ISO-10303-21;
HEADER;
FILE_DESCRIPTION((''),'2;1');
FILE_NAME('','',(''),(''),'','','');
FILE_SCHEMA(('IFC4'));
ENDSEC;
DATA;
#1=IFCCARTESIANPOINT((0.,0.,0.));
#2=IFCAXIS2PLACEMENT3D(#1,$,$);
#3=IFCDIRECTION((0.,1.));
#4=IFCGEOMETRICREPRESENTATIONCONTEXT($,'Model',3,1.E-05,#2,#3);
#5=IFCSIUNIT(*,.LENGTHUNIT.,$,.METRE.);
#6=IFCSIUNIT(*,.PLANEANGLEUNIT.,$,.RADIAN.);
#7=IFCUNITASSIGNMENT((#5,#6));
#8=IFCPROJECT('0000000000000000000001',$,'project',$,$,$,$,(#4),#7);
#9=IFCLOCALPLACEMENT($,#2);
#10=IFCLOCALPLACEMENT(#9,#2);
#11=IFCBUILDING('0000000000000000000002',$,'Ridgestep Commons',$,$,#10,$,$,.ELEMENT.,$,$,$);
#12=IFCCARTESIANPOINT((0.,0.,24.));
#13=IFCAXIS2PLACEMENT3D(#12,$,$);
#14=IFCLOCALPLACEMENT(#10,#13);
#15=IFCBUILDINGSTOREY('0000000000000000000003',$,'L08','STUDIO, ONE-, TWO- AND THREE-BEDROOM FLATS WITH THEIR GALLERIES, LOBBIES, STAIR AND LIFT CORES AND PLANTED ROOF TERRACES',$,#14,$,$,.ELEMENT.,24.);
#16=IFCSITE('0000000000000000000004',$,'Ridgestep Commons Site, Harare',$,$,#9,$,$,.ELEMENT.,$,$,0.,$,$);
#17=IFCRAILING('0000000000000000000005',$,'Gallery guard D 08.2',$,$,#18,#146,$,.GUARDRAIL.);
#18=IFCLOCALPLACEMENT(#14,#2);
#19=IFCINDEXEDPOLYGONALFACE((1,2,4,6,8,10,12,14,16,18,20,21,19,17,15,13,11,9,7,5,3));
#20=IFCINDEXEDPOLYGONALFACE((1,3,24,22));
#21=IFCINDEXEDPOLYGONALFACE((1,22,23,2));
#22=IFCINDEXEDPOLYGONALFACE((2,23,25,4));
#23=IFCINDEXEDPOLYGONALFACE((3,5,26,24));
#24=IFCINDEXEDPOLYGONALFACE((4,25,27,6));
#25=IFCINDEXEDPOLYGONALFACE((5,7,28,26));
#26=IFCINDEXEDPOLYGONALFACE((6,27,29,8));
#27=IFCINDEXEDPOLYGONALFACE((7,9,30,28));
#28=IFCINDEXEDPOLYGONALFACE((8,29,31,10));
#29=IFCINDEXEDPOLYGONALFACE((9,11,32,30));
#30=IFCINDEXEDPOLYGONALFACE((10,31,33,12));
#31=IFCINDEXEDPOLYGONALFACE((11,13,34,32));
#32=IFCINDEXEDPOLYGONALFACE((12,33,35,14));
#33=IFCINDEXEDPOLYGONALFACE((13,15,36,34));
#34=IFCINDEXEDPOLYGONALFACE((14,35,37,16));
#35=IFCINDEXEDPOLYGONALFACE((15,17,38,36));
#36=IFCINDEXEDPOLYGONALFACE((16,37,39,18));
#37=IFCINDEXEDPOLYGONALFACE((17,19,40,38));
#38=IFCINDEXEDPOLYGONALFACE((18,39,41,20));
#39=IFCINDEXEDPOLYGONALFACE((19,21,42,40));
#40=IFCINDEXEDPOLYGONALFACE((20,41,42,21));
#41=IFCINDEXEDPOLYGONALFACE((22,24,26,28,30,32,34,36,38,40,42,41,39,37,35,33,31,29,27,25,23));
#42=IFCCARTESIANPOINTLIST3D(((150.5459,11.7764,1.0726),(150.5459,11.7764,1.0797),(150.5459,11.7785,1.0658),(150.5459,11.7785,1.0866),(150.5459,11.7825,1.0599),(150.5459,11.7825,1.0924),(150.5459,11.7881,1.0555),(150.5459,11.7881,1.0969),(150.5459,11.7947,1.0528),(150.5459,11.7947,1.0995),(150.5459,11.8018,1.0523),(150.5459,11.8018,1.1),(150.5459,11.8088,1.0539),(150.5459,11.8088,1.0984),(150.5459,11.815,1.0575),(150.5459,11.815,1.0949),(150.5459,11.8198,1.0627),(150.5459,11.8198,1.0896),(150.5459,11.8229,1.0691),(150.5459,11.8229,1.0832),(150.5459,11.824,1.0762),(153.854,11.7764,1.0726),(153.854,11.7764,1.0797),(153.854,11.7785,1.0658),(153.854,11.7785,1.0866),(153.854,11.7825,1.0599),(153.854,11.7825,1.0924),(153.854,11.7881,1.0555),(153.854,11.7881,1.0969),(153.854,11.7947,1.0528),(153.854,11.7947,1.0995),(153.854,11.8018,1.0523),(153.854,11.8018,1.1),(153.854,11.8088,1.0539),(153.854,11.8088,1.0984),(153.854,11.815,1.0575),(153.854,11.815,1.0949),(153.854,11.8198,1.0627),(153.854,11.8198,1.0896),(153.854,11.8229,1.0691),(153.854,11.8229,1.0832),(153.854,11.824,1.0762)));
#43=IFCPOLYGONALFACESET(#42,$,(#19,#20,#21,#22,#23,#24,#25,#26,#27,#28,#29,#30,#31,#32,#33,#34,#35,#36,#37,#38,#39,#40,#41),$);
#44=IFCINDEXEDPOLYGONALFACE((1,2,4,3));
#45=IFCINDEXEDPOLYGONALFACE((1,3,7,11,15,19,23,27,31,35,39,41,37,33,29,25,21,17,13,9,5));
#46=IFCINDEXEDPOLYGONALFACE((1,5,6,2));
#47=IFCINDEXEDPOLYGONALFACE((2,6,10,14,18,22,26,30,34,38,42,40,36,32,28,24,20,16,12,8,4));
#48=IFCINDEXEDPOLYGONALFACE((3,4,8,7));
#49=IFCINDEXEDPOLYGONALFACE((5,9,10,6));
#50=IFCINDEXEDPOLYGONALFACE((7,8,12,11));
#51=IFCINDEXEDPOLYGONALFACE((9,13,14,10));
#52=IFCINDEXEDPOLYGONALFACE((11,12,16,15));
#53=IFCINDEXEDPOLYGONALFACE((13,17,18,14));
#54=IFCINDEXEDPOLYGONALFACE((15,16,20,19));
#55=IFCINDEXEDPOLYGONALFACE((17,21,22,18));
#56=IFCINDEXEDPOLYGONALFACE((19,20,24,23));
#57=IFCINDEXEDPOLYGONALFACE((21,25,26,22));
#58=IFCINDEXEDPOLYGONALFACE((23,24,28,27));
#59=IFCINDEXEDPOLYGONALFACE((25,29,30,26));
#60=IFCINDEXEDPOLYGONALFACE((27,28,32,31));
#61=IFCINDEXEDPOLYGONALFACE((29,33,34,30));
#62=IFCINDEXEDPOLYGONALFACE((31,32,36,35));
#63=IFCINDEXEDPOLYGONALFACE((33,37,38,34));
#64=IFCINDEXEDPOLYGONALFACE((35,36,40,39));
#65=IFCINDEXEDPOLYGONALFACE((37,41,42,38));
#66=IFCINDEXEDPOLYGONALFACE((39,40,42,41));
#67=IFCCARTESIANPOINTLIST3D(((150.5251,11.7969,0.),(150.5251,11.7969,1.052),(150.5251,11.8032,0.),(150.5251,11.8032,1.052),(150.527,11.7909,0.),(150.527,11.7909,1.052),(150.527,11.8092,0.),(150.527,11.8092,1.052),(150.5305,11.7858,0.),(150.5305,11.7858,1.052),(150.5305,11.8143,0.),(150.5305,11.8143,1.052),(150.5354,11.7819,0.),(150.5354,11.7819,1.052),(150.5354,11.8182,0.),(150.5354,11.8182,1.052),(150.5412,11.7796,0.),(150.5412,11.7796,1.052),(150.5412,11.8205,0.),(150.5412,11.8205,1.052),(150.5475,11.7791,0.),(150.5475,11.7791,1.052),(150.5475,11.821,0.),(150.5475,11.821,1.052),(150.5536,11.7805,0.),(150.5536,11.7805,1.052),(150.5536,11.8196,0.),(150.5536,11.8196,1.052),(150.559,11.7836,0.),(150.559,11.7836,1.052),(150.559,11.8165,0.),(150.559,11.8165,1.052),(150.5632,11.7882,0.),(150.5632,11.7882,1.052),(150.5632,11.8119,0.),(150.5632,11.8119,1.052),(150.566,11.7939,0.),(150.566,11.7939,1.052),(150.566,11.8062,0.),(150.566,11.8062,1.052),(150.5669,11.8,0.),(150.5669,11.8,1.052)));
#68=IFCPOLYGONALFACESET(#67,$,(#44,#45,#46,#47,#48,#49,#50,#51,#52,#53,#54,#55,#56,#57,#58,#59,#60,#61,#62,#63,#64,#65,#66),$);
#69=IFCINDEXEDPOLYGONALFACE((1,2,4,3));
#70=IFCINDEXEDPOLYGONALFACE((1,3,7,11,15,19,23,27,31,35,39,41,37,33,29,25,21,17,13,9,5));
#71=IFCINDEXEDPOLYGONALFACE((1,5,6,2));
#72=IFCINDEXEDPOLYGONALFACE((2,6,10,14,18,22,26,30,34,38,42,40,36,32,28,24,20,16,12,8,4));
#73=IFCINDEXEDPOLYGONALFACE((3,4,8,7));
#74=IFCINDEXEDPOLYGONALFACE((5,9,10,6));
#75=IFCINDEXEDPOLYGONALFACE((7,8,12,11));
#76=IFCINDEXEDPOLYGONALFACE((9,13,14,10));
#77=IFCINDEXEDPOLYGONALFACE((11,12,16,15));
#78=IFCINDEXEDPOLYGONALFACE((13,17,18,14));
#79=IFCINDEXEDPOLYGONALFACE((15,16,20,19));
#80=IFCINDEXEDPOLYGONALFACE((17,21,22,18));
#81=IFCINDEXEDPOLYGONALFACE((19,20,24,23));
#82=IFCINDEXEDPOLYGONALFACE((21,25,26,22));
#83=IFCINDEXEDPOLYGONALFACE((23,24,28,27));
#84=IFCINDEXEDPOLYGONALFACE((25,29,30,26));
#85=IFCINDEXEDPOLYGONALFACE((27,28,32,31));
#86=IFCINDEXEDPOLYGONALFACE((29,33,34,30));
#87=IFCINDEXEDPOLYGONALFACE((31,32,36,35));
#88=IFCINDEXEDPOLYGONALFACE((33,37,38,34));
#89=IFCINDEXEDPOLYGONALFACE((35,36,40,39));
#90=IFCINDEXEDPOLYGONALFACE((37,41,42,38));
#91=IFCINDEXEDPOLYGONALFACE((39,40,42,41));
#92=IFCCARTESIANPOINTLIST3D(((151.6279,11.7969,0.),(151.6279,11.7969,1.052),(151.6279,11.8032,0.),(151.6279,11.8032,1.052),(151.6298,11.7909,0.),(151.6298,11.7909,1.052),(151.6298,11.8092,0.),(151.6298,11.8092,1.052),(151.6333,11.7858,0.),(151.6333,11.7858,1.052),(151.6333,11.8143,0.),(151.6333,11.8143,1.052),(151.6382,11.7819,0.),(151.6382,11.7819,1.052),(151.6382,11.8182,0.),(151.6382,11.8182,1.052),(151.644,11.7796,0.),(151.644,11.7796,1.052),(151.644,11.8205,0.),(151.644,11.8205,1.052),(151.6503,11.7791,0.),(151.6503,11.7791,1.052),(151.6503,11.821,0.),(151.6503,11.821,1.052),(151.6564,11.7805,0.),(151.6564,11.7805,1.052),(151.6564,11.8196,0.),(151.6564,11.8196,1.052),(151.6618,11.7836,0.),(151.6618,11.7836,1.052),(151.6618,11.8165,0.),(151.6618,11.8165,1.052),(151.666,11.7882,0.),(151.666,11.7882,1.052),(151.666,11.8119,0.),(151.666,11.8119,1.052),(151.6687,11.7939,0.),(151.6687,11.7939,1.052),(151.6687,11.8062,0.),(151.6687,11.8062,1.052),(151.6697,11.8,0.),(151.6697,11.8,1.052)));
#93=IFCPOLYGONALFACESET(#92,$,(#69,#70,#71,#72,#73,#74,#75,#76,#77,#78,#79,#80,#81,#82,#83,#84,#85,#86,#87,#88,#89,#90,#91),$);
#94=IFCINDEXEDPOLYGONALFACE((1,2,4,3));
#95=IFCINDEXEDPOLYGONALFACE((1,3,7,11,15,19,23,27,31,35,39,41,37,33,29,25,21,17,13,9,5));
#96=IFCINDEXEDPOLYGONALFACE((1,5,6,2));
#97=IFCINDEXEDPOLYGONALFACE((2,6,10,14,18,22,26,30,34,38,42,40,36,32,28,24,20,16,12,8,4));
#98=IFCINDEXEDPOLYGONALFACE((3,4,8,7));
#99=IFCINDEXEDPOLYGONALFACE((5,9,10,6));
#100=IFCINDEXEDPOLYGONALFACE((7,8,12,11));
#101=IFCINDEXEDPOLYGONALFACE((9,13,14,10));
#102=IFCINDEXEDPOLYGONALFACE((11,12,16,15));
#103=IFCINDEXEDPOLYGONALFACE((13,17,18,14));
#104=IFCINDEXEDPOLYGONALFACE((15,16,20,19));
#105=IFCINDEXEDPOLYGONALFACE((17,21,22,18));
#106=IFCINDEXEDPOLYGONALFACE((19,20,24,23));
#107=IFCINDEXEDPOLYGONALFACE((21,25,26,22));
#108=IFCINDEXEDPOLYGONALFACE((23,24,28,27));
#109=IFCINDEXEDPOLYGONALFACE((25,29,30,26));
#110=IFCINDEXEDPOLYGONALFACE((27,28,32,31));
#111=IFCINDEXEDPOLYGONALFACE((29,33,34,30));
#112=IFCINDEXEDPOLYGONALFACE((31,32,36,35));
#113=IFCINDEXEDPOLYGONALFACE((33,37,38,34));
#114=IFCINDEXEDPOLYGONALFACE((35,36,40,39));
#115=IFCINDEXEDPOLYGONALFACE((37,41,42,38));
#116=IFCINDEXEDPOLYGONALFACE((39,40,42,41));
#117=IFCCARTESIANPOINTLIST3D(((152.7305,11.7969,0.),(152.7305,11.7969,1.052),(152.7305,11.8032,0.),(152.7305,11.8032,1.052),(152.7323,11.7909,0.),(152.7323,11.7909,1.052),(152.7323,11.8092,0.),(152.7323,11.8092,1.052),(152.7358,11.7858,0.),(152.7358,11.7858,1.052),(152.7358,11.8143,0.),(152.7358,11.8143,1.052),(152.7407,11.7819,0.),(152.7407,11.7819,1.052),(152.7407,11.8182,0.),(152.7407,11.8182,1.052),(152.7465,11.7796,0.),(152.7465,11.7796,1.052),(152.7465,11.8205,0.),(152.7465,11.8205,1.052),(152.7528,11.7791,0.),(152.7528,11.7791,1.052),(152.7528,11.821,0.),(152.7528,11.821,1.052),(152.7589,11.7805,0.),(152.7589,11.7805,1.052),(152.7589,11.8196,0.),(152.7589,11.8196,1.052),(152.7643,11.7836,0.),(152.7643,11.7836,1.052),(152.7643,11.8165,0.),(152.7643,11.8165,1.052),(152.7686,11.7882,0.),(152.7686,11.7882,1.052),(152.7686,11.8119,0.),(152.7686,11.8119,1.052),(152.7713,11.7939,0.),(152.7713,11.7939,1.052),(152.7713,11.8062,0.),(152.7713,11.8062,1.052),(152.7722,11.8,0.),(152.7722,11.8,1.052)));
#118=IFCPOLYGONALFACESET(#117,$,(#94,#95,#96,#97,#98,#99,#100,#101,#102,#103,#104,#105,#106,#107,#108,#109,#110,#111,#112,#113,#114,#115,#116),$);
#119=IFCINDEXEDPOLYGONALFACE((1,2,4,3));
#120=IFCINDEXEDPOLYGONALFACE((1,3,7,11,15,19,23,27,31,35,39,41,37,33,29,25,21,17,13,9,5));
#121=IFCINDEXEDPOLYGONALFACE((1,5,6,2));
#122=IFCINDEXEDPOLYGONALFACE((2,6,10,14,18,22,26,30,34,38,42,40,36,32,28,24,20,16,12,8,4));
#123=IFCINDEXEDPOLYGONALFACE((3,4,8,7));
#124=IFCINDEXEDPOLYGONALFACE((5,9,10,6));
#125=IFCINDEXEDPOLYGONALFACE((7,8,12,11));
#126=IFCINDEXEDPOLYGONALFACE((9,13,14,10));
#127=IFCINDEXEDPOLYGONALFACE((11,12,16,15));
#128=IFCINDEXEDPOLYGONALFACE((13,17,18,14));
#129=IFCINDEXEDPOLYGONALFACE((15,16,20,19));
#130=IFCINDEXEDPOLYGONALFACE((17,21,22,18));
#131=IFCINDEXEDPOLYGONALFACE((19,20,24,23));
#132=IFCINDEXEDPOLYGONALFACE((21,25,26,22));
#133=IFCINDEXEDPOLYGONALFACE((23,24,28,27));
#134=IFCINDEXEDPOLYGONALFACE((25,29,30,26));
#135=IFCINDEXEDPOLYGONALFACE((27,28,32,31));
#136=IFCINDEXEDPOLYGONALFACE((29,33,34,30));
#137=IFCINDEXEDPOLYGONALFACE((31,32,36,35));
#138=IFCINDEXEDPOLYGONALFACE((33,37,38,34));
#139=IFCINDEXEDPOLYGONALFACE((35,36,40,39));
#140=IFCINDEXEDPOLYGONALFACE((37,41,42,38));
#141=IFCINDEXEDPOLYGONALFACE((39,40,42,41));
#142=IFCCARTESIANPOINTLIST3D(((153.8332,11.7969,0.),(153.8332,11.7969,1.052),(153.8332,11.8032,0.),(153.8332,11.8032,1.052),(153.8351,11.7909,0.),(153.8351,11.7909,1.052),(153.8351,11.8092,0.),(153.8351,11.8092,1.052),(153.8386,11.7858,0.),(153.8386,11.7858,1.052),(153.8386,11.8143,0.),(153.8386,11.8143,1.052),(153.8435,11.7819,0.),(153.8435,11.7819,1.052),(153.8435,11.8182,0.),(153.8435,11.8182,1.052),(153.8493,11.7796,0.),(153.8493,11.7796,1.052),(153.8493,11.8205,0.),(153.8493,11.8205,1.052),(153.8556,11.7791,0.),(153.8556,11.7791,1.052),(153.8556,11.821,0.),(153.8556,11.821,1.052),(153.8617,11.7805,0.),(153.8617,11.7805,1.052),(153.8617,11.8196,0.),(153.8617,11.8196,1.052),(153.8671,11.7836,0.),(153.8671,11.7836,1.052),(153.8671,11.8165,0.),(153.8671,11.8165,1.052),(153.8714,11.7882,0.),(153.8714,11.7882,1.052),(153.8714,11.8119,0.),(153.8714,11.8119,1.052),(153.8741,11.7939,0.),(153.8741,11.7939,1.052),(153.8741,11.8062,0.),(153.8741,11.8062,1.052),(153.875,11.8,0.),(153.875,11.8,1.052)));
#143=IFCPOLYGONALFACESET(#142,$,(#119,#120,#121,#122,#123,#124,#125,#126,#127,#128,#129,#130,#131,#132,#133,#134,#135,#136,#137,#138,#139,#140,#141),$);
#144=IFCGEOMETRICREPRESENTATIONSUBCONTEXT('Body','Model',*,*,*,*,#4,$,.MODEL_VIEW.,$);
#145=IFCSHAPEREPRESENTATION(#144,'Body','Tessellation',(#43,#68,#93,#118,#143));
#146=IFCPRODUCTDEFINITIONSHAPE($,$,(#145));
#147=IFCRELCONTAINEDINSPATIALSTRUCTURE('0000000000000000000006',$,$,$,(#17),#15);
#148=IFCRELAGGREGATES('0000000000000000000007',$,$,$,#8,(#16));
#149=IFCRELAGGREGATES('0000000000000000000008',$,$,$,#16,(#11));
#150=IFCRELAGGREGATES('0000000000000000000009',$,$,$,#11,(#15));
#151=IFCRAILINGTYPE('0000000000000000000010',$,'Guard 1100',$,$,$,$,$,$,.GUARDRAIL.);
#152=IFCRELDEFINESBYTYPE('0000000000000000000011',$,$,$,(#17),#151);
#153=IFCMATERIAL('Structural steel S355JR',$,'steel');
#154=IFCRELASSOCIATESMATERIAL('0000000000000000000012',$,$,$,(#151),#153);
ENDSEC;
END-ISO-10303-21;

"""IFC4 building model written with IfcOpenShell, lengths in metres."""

from ifc_helpers import new_model, si_unit, direction, frame, origin, origin_2d, place, context, subcontext, project, spatial, circle, extrude, material, type_object, element, save


model = new_model("IFC4")

# Units and contexts
model_context = context("Model", 3, precision=1e-05, world=origin(), true_north=direction((0.0, 1.0)))
body_context = subcontext(model_context, "Body", "Model", "MODEL_VIEW")
ifc_project = project(units=[si_unit("LENGTHUNIT", "METRE"), si_unit("PLANEANGLEUNIT", "RADIAN")], contexts=[model_context])

# Site, building, storey
site_placement = place(None, origin())
site = spatial("IfcSite", under=ifc_project, at=site_placement, Name="Ridgestep Commons Site, Harare", CompositionType="ELEMENT", RefElevation=0.0)
building_placement = place(site_placement, origin())
building = spatial("IfcBuilding", under=site, at=building_placement, Name="Ridgestep Commons", CompositionType="ELEMENT")
storey_placement = place(building_placement, frame((0.0, 0.0, 24.0)))
storey = spatial("IfcBuildingStorey", under=building, at=storey_placement, Name="L08", Description="STUDIO, ONE-, TWO- AND THREE-BEDROOM FLATS WITH THEIR GALLERIES, LOBBIES, STAIR AND LIFT CORES AND PLANTED ROOF TERRACES", CompositionType="ELEMENT", Elevation=24.0)

# Railing
ifc_material_1 = material(Name="Structural steel S355JR", Category="steel")
railing_type = type_object("IfcRailingType", Name="Guard 1100", PredefinedType="GUARDRAIL", material=ifc_material_1)
for number, where, name in (
    (1, (150.5459, 11.8, 0.0), "Gallery guard D 08.2"),
):
    element("IfcRailing", number, at=place(storey_placement, frame(where)), inside=storey, type_object=railing_type, Name=name, PredefinedType="GUARDRAIL", context=body_context, shape_type="SweptSolid", body=[
        extrude(circle(Radius=0.0239, at=origin_2d()), frame((0.0, 0.0, 1.0762), z_axis=(1.0, 0.0, 0.0), x_axis=(0.0, 1.0, 0.0)), (0.0, 0.0, 1.0), 3.3081),
        extrude(circle(Radius=0.021, at=origin_2d()), origin(), (0.0, 0.0, 1.0), 1.052),
        extrude(circle(Radius=0.021, at=origin_2d()), frame((1.1028, 0.0, 0.0)), (0.0, 0.0, 1.0), 1.052),
        extrude(circle(Radius=0.021, at=origin_2d()), frame((2.2053, 0.0, 0.0)), (0.0, 0.0, 1.0), 1.052),
        extrude(circle(Radius=0.021, at=origin_2d()), frame((3.3081, 0.0, 0.0)), (0.0, 0.0, 1.0), 1.052),
    ])

save(model, "model.ifc")
